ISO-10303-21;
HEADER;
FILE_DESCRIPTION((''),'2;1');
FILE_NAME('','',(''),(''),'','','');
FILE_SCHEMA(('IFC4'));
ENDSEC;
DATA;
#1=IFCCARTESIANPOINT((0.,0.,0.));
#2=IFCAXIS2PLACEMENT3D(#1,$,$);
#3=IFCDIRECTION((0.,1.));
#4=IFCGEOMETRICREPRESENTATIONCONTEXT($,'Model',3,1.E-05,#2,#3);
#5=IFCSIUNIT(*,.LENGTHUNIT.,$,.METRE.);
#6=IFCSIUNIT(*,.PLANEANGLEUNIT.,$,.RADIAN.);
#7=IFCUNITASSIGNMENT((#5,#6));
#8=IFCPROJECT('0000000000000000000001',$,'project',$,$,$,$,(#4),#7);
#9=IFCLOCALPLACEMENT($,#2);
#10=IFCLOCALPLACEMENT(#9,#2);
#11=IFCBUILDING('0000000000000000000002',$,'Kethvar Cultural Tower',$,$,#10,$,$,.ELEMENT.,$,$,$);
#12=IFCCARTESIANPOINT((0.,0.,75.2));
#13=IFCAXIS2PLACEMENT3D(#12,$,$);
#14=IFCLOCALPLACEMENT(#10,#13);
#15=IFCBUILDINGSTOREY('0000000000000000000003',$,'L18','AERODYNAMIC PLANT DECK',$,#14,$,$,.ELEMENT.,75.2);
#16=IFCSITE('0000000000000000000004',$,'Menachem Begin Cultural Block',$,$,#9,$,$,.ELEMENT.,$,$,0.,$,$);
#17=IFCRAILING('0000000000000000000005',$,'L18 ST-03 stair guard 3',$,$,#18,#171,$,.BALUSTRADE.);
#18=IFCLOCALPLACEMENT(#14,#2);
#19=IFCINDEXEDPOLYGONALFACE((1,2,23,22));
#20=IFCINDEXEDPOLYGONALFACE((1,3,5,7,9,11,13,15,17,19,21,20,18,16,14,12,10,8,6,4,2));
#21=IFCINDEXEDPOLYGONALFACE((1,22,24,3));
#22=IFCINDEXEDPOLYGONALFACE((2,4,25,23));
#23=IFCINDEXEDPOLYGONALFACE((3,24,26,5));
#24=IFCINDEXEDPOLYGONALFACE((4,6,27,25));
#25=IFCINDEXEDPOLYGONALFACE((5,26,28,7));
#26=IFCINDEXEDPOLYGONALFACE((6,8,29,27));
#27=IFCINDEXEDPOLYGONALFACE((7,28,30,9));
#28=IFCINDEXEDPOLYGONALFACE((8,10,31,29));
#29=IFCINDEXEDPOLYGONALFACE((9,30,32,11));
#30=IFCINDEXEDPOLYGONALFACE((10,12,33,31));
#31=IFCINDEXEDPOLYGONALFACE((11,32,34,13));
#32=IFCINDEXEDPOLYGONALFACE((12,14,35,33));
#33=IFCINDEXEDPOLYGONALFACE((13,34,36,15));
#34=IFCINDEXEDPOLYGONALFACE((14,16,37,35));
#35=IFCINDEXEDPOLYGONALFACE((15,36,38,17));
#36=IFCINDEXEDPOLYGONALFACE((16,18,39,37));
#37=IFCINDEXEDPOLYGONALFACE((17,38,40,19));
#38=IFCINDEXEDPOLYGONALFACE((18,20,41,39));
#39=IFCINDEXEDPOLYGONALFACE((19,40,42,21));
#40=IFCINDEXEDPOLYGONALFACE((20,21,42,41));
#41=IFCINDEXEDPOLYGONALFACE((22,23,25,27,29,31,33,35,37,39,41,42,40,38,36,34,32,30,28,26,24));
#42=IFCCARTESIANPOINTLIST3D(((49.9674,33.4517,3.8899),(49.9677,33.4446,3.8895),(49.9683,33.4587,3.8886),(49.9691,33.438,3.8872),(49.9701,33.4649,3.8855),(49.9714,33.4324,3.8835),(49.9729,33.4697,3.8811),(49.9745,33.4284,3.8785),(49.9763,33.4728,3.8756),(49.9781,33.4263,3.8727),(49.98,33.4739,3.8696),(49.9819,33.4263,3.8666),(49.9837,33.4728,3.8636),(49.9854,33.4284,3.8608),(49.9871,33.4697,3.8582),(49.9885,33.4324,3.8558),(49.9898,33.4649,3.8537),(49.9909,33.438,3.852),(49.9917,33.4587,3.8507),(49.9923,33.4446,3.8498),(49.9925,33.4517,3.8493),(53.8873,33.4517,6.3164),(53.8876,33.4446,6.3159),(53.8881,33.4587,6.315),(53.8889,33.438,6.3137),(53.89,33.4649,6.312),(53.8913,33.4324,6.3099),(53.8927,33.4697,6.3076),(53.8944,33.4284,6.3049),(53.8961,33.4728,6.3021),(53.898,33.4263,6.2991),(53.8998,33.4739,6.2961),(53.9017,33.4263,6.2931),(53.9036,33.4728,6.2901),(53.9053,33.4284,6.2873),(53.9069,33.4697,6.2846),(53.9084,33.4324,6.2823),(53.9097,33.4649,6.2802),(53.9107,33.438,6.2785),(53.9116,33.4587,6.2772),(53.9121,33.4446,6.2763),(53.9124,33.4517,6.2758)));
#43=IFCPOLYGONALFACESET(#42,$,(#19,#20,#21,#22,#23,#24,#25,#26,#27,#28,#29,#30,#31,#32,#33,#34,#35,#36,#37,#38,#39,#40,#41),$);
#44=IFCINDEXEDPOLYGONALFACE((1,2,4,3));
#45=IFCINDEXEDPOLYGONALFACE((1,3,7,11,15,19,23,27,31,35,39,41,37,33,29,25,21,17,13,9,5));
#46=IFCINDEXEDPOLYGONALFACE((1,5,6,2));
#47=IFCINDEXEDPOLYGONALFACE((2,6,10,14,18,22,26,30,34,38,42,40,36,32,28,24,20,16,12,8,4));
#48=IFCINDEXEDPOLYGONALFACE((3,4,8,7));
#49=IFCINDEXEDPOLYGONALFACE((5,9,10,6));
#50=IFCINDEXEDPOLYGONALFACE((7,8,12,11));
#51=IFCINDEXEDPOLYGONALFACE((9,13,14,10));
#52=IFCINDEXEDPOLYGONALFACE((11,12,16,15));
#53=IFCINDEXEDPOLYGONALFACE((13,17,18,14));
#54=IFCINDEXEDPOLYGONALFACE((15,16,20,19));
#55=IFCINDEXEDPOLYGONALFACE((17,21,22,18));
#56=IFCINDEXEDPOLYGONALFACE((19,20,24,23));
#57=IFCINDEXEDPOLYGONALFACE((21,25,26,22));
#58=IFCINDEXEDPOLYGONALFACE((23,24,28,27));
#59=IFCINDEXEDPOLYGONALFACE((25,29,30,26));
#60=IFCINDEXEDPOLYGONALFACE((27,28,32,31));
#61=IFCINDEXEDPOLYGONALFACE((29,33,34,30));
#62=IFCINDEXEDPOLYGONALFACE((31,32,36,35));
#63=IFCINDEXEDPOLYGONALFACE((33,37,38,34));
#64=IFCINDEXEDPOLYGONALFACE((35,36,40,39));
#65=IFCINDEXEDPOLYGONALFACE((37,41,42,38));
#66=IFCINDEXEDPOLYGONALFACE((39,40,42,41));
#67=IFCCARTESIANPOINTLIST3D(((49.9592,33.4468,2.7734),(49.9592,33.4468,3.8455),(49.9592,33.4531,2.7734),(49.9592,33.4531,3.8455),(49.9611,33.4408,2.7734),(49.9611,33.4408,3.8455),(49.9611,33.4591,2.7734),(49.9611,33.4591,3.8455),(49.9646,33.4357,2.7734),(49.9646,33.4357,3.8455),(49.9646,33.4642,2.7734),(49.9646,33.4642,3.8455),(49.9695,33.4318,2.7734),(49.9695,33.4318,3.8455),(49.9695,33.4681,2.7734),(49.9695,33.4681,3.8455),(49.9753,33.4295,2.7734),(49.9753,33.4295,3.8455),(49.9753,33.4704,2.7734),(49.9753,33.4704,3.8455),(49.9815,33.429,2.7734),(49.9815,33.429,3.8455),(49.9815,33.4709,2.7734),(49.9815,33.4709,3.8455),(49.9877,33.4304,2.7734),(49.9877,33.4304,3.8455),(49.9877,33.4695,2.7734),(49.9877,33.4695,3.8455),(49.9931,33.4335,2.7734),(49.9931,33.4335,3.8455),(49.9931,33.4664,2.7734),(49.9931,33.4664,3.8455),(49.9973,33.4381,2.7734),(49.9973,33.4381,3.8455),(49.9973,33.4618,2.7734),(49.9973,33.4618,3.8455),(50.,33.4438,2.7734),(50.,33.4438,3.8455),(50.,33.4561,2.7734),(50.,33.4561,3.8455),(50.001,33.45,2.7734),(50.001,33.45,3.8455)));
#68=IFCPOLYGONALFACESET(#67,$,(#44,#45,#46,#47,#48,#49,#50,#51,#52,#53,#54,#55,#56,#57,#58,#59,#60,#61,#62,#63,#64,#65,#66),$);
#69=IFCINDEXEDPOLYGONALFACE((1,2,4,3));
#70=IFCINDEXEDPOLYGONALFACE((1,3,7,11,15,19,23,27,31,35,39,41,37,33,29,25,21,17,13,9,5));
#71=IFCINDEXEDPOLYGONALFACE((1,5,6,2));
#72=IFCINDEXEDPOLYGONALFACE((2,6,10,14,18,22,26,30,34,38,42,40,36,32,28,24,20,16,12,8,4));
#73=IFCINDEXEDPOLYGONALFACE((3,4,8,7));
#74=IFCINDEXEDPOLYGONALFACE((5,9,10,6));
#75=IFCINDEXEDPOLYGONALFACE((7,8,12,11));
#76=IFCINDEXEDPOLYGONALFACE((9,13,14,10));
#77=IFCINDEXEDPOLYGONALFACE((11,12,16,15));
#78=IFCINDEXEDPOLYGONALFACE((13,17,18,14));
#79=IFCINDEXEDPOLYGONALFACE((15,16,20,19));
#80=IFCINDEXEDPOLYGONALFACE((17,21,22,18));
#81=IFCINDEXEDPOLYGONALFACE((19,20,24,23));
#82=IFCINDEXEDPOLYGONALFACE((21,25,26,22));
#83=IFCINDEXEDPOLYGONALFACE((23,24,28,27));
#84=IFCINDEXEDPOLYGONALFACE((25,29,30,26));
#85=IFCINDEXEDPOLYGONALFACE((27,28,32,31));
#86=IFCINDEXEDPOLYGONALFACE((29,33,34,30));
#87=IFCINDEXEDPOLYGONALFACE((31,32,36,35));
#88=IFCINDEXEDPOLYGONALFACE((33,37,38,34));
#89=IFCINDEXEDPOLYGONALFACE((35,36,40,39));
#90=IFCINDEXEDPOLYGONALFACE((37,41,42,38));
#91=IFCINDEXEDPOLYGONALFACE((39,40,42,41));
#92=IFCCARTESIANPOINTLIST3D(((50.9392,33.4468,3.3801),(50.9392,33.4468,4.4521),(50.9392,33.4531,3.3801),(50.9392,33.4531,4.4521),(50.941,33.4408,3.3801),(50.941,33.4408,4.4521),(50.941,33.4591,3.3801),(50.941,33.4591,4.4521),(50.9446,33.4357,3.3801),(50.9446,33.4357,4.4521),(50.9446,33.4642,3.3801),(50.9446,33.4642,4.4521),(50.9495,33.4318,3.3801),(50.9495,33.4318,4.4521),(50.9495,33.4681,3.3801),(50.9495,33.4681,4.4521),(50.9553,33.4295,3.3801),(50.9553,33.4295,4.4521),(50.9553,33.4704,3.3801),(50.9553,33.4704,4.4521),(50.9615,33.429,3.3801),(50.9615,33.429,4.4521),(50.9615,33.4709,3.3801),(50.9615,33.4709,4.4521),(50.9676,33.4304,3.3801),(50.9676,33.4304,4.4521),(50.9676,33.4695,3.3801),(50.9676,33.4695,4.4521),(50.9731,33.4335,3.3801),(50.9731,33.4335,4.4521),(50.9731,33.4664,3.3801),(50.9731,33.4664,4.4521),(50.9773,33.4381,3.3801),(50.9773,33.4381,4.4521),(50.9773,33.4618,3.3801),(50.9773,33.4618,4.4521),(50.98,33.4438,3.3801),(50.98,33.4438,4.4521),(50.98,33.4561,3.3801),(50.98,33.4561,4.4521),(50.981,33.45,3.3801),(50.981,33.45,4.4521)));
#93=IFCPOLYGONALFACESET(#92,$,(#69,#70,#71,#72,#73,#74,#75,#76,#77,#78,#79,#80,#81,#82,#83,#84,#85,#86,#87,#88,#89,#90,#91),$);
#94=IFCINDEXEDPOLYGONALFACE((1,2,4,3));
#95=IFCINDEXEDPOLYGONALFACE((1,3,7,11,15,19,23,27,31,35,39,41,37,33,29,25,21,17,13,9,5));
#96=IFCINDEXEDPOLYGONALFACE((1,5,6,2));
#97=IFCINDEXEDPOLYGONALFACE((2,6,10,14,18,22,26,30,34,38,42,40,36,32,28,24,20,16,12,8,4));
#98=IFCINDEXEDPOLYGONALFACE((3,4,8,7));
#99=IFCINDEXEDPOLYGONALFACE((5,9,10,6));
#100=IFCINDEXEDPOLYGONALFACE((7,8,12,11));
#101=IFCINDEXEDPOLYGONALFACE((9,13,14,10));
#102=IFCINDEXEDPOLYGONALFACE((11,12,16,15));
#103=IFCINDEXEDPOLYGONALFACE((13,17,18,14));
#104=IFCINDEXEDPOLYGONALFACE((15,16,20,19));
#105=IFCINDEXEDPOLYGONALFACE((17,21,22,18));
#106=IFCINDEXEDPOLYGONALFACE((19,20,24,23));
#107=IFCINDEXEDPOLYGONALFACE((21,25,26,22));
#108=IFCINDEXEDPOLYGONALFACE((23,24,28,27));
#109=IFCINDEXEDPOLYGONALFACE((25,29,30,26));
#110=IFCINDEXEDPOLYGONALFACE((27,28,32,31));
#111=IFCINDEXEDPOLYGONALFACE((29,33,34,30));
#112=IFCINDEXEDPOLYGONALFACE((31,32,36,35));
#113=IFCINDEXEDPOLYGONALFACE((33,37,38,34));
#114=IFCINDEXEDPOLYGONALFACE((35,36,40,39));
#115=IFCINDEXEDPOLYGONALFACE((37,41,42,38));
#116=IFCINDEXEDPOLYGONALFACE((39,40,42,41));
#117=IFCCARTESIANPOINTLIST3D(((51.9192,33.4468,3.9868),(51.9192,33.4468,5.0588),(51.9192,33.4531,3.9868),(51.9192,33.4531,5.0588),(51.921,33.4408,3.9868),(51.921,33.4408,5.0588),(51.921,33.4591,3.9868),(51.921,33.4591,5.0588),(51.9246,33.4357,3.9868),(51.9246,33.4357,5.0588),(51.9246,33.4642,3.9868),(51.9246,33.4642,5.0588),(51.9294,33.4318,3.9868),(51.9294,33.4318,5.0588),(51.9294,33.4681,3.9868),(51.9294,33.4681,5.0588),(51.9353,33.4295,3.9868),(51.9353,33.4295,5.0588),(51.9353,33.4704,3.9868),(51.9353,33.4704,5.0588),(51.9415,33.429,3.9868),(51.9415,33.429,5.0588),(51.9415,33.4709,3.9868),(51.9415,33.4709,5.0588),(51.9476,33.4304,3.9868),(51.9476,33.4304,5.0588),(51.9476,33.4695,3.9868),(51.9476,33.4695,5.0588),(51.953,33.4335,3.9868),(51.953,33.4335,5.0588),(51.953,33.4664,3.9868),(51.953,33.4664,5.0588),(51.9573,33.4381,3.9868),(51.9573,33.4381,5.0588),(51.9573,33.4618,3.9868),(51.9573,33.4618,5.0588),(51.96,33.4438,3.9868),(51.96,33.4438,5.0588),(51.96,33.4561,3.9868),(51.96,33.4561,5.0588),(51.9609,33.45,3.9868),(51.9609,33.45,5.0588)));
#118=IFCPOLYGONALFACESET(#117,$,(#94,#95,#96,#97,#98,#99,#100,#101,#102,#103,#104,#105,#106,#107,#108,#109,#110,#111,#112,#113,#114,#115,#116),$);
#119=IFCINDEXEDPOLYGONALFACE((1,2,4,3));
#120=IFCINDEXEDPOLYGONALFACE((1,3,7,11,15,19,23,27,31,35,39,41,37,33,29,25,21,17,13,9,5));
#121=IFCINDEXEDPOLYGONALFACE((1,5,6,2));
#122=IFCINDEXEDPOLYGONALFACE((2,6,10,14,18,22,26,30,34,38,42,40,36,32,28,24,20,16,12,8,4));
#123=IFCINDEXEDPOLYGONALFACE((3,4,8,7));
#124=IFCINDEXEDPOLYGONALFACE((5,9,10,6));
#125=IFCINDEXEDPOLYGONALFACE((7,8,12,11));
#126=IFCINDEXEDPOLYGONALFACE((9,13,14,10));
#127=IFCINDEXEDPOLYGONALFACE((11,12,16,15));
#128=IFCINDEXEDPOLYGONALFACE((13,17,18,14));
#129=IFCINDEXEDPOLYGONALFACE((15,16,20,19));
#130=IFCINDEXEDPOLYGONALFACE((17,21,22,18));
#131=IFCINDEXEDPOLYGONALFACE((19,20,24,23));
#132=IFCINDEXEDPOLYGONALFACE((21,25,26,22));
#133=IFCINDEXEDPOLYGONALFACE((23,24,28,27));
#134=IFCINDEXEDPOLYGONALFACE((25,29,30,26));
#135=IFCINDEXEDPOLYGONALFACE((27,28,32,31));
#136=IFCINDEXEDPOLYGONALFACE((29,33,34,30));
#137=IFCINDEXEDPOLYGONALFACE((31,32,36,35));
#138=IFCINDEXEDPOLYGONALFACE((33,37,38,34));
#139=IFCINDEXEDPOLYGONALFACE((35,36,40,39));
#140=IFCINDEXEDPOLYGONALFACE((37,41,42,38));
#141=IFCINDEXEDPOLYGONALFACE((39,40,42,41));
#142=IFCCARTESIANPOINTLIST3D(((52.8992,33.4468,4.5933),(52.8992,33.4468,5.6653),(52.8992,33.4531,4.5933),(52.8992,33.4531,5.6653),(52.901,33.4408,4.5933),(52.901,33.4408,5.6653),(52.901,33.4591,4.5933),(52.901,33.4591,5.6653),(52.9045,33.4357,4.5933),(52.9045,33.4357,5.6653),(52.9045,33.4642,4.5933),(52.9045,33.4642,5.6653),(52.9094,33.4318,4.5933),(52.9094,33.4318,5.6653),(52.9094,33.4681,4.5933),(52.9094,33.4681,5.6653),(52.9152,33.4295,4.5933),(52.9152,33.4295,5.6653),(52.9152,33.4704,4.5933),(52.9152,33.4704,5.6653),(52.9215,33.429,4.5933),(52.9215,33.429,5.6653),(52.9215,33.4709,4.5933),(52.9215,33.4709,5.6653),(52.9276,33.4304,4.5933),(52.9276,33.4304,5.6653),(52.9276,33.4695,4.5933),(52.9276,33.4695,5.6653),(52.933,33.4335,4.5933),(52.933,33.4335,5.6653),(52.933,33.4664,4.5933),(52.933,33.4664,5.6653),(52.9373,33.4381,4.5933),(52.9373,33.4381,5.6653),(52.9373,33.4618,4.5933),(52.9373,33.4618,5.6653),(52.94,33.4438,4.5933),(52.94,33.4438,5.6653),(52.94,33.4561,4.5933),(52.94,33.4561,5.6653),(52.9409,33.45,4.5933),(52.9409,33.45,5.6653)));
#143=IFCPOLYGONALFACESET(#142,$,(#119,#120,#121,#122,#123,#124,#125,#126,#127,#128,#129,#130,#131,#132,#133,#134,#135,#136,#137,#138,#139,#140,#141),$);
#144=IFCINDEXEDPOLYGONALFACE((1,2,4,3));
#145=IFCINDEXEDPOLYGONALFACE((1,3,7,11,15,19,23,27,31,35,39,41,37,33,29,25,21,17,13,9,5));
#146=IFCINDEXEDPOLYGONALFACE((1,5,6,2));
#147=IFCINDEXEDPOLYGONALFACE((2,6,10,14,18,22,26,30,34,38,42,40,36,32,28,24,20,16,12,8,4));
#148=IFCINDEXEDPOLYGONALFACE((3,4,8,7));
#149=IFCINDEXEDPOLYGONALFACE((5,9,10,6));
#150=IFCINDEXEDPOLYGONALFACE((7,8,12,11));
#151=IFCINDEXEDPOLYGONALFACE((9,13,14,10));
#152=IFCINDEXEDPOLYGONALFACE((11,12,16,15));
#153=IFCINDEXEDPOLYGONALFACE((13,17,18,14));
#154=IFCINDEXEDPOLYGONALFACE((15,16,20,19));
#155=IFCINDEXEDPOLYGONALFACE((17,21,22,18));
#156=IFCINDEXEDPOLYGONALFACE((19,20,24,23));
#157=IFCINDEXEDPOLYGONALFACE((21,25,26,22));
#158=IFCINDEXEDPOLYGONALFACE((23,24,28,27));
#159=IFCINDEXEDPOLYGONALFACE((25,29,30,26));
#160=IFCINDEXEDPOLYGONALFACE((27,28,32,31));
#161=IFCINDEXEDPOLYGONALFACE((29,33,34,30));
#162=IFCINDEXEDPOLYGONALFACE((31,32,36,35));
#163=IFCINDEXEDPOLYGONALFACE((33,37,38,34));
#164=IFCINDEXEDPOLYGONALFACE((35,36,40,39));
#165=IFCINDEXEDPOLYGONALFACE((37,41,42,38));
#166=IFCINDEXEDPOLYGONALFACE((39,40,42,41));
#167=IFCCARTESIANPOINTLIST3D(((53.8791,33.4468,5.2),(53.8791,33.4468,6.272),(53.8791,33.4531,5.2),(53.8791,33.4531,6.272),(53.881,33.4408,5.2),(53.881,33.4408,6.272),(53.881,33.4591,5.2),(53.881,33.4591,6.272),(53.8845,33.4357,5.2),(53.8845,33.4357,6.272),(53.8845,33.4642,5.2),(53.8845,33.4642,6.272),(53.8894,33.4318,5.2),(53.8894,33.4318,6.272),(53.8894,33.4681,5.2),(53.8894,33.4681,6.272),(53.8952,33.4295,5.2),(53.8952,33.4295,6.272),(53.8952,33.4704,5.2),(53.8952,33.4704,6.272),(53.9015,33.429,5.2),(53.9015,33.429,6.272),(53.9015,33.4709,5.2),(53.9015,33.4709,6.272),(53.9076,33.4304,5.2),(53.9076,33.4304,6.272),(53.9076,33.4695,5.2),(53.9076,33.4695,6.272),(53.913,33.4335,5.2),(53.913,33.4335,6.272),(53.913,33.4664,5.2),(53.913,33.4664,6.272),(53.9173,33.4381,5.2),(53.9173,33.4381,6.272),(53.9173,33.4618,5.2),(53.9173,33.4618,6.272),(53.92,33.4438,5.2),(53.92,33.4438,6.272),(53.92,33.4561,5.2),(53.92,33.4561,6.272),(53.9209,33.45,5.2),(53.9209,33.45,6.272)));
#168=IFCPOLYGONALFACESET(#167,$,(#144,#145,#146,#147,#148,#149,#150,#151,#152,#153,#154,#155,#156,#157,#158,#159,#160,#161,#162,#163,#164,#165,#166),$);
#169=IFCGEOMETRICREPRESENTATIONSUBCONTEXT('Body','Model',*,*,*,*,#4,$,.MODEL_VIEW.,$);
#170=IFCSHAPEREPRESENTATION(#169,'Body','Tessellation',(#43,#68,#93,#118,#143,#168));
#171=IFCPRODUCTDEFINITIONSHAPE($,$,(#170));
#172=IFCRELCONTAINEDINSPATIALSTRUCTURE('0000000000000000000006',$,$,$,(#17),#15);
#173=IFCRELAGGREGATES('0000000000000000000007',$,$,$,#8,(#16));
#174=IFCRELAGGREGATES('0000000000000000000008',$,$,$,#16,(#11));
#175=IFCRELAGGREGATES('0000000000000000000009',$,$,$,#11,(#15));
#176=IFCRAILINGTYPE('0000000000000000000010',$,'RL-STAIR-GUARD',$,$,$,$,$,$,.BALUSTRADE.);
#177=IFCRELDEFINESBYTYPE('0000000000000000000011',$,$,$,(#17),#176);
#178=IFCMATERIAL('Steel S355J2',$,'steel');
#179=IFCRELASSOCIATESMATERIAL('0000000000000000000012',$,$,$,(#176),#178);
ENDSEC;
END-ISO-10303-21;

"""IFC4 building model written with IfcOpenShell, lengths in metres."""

from ifc_helpers import new_model, si_unit, direction, frame, origin, origin_2d, place, context, subcontext, project, spatial, circle, extrude, material, type_object, element, save


model = new_model("IFC4")

# Units and contexts
model_context = context("Model", 3, precision=1e-05, world=origin(), true_north=direction((0.0, 1.0)))
body_context = subcontext(model_context, "Body", "Model", "MODEL_VIEW")
ifc_project = project(units=[si_unit("LENGTHUNIT", "METRE"), si_unit("PLANEANGLEUNIT", "RADIAN")], contexts=[model_context])

# Site, building, storey
site_placement = place(None, origin())
site = spatial("IfcSite", under=ifc_project, at=site_placement, Name="Menachem Begin Cultural Block", CompositionType="ELEMENT", RefElevation=0.0)
building_placement = place(site_placement, origin())
building = spatial("IfcBuilding", under=site, at=building_placement, Name="Kethvar Cultural Tower", CompositionType="ELEMENT")
storey_placement = place(building_placement, frame((0.0, 0.0, 75.2)))
storey = spatial("IfcBuildingStorey", under=building, at=storey_placement, Name="L18", Description="AERODYNAMIC PLANT DECK", CompositionType="ELEMENT", Elevation=75.2)

# Shared definitions
ifc_material_1 = material(Name="Steel S355J2", Category="steel")

# Railing
railing_type_1 = type_object("IfcRailingType", Name="RL-STAIR-GUARD", PredefinedType="BALUSTRADE", material=ifc_material_1)
railing_1_placement = place(storey_placement, frame((49.98, 33.45, 2.7734)))
element("IfcRailing", 1, at=railing_1_placement, inside=storey, type_object=railing_type_1, Name="L18 ST-03 stair guard 3", PredefinedType="BALUSTRADE", context=body_context, shape_type="SweptSolid", body=[
    extrude(circle(Radius=0.0239, at=origin_2d()), frame((0.0, 0.0, 1.0962), z_axis=(0.850275, 0.0, 0.526338), x_axis=(0.0, 1.0, 0.0)), (0.0, 0.0, 1.0), 4.6101),
    extrude(circle(Radius=0.021, at=origin_2d()), origin(), (0.0, 0.0, 1.0), 1.072),
    extrude(circle(Radius=0.021, at=origin_2d()), frame((0.98, 0.0, 0.6067)), (0.0, 0.0, 1.0), 1.072),
    extrude(circle(Radius=0.021, at=origin_2d()), frame((1.96, 0.0, 1.2134)), (0.0, 0.0, 1.0), 1.072),
    extrude(circle(Radius=0.021, at=origin_2d()), frame((2.9399, 0.0, 1.8198)), (0.0, 0.0, 1.0), 1.072),
    extrude(circle(Radius=0.021, at=origin_2d()), frame((3.9199, 0.0, 2.4265)), (0.0, 0.0, 1.0), 1.072),
])

save(model, "model.ifc")
